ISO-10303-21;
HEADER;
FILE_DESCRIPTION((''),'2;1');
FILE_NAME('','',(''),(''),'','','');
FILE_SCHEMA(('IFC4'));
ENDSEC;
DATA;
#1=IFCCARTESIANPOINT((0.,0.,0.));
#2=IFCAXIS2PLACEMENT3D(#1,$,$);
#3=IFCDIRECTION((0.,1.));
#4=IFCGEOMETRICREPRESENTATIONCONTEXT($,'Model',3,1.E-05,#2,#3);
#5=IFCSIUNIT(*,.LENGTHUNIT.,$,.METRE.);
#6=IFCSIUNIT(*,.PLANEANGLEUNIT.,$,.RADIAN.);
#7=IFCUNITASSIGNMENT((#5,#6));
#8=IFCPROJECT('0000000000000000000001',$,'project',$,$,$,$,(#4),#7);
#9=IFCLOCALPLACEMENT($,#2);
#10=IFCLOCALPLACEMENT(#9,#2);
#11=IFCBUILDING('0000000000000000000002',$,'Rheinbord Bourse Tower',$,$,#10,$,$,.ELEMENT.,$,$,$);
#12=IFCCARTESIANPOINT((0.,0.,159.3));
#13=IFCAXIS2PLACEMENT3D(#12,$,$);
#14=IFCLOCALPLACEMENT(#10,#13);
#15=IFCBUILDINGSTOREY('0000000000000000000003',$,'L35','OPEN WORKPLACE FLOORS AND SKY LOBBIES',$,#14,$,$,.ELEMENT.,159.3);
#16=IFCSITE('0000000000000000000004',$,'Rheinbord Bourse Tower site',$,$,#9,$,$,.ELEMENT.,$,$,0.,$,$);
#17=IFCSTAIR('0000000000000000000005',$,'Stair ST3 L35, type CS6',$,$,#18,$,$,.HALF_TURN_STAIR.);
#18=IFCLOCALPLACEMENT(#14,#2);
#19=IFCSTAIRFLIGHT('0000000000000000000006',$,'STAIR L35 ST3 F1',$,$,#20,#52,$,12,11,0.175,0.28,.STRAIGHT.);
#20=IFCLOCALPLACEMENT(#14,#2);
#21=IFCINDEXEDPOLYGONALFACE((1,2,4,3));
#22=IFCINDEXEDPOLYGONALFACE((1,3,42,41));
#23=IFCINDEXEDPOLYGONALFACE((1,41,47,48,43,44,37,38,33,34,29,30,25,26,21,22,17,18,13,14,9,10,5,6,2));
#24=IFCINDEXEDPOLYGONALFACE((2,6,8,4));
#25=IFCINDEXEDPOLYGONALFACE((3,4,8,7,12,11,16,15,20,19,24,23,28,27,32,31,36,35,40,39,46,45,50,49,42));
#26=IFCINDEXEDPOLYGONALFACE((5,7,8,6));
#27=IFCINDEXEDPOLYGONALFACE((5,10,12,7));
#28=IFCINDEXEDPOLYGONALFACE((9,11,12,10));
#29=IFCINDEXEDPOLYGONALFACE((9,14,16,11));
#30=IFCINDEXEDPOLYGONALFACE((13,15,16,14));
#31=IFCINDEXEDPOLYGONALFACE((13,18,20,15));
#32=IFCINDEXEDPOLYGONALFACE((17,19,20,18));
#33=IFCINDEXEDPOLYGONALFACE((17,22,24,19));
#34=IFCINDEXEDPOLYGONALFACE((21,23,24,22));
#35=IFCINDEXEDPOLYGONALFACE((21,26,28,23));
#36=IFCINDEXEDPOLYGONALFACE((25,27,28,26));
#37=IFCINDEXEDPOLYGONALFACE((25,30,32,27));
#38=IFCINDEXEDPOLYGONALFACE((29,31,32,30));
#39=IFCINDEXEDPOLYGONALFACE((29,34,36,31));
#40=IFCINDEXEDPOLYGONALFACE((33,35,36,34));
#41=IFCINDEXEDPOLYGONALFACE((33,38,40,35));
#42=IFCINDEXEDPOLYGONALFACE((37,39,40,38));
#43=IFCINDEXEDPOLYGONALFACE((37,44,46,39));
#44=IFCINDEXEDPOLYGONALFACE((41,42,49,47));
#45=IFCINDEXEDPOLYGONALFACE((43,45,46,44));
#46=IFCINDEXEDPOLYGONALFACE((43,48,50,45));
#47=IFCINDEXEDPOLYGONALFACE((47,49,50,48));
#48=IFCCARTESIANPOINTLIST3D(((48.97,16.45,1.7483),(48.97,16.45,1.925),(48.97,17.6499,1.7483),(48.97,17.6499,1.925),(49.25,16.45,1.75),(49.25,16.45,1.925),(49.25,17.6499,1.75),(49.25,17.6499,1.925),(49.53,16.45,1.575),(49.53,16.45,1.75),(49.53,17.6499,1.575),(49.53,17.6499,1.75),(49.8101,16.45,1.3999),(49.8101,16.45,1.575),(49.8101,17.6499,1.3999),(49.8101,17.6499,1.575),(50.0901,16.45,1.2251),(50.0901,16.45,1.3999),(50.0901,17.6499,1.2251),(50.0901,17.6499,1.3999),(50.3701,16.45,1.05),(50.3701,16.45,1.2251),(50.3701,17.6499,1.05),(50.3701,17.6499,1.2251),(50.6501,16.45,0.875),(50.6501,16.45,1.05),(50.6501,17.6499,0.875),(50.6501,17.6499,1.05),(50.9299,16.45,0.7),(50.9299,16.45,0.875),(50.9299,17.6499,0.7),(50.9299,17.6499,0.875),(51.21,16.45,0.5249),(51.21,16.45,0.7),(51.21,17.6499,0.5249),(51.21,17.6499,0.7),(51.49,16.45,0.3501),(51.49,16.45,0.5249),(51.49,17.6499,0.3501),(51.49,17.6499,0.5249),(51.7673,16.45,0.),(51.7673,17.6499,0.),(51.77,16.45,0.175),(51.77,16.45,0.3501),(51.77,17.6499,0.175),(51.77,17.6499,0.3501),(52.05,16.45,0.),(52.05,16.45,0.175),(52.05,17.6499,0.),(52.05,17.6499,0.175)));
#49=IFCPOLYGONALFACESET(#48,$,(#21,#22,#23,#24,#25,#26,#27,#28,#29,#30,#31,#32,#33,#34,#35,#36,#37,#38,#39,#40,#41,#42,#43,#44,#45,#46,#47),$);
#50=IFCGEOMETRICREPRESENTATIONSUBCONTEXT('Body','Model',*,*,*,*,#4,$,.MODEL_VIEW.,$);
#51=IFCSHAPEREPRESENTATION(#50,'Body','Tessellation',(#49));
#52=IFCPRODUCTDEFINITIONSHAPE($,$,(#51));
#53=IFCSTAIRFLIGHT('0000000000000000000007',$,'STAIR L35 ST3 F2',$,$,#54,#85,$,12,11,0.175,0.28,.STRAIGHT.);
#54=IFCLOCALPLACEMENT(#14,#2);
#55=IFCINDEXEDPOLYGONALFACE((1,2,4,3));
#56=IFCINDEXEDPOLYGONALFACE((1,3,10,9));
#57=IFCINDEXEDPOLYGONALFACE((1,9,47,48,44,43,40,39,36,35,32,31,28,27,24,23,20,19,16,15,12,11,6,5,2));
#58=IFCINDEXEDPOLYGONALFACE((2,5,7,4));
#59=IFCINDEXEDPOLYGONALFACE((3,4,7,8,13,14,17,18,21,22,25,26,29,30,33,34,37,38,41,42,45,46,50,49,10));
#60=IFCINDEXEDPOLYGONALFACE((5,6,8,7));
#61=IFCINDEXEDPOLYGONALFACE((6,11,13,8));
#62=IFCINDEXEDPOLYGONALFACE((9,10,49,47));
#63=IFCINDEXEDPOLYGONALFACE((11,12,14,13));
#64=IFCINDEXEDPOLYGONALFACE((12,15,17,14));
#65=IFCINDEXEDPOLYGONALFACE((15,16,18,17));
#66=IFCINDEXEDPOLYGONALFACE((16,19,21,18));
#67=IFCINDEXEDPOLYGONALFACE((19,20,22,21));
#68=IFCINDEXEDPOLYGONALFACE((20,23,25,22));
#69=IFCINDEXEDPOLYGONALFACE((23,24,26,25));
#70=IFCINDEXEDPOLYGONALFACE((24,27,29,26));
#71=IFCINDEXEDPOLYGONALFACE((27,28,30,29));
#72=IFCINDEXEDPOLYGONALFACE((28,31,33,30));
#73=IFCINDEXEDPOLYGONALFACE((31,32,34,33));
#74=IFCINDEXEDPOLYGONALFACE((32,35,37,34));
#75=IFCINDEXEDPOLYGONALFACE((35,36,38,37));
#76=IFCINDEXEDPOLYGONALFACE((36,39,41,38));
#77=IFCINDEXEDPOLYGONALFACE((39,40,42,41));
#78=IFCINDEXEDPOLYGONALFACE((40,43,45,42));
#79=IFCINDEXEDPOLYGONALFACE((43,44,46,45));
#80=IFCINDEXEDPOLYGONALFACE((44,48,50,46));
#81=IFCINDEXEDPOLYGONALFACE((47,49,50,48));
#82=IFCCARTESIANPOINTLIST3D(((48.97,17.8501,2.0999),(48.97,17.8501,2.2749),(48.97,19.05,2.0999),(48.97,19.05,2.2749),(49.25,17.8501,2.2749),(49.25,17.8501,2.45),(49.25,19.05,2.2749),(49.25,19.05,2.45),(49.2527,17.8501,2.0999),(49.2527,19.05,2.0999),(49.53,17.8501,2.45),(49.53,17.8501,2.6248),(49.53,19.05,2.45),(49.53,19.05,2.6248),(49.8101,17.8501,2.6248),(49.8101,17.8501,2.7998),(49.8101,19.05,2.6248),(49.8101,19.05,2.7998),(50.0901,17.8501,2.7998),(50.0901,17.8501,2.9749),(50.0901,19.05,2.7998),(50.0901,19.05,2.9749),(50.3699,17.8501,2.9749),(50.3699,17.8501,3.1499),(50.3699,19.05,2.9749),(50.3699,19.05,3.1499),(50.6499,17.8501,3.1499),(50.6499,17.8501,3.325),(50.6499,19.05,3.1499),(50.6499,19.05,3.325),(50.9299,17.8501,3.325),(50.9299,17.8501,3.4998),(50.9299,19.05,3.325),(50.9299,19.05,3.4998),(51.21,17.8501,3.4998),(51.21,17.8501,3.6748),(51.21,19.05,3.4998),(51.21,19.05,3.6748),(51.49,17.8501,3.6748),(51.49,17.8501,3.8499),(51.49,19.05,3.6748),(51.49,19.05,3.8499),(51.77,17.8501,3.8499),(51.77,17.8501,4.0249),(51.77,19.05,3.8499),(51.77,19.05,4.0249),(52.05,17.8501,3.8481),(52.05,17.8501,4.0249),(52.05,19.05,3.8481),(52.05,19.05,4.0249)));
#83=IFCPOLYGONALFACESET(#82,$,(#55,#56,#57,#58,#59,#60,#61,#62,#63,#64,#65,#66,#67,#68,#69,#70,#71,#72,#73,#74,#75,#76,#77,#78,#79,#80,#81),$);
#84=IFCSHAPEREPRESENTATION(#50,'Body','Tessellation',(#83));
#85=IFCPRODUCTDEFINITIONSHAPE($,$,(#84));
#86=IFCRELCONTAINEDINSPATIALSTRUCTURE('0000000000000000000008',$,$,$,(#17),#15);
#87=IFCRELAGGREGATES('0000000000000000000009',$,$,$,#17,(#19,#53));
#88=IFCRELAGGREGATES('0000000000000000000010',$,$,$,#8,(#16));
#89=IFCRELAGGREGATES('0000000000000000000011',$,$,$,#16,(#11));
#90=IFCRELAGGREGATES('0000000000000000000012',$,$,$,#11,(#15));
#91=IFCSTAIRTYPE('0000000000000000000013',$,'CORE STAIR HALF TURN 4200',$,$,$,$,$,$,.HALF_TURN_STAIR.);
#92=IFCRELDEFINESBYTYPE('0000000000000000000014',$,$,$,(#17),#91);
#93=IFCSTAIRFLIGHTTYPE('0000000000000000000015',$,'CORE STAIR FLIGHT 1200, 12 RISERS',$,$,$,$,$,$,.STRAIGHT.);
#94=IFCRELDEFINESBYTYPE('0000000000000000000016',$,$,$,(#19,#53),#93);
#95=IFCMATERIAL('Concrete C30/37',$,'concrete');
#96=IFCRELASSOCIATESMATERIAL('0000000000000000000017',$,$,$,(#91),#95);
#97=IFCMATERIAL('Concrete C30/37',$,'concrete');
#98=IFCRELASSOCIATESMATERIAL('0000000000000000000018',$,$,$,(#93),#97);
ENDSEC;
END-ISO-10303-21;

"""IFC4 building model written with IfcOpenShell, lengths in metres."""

from ifc_helpers import new_model, si_unit, direction, frame, origin, place, context, subcontext, project, spatial, polyline, outline, extrude, material, type_object, element, aggregate, save


model = new_model("IFC4")

# Units and contexts
model_context = context("Model", 3, precision=1e-05, world=origin(), true_north=direction((0.0, 1.0)))
body_context = subcontext(model_context, "Body", "Model", "MODEL_VIEW")
ifc_project = project(units=[si_unit("LENGTHUNIT", "METRE"), si_unit("PLANEANGLEUNIT", "RADIAN")], contexts=[model_context])

# Site, building, storey
site_placement = place(None, origin())
site = spatial("IfcSite", under=ifc_project, at=site_placement, Name="Rheinbord Bourse Tower site", CompositionType="ELEMENT", RefElevation=0.0)
building_placement = place(site_placement, origin())
building = spatial("IfcBuilding", under=site, at=building_placement, Name="Rheinbord Bourse Tower", CompositionType="ELEMENT")
storey_placement = place(building_placement, frame((0.0, 0.0, 159.3)))
storey = spatial("IfcBuildingStorey", under=building, at=storey_placement, Name="L35", Description="OPEN WORKPLACE FLOORS AND SKY LOBBIES", CompositionType="ELEMENT", Elevation=159.3)

# Stair, stair flights
ifc_material_1 = material(Name="Concrete C30/37", Category="concrete")
stair_type = type_object("IfcStairType", Name="CORE STAIR HALF TURN 4200", PredefinedType="HALF_TURN_STAIR", material=ifc_material_1)
stair_placement = place(storey_placement, origin())
stair = element("IfcStair", 1, at=stair_placement, inside=storey, type_object=stair_type, Name="Stair ST3 L35, type CS6", PredefinedType="HALF_TURN_STAIR")
ifc_material_2 = material(Name="Concrete C30/37", Category="concrete")
stair_flight_type = type_object("IfcStairFlightType", Name="CORE STAIR FLIGHT 1200, 12 RISERS", PredefinedType="STRAIGHT", material=ifc_material_2)
stair_flight_1_placement = place(storey_placement, frame((52.05, 17.05, 0.0), z_axis=(0.0, 0.0, 1.0), x_axis=(-1.0, 0.0, 0.0)))
stair_flight_1 = element("IfcStairFlight", 2, at=stair_flight_1_placement, type_object=stair_flight_type, Name="STAIR L35 ST3 F1", NumberOfRisers=12, NumberOfTreads=11, PredefinedType="STRAIGHT", RiserHeight=0.175, TreadLength=0.28, context=body_context, shape_type="SweptSolid", body=[
    extrude(outline(polyline([(0.0, 0.0), (0.0, 0.175), (0.28, 0.175), (0.28, 0.3501), (0.5601, 0.3501), (0.5601, 0.5249), (0.8401, 0.5249), (0.8401, 0.7), (1.1201, 0.7), (1.1201, 0.875), (1.3999, 0.875), (1.3999, 1.05), (1.6799, 1.05), (1.6799, 1.2251), (1.96, 1.2251), (1.96, 1.3999), (2.24, 1.3999), (2.24, 1.575), (2.52, 1.575), (2.52, 1.75), (2.8, 1.75), (2.8, 1.925), (3.0801, 1.925), (3.0801, 2.1001), (3.0801, 1.7483), (0.2827, 0.0), (0.0, 0.0)])), frame((0.0, 0.6001, 0.0), z_axis=(0.0, -1.0, 0.0), x_axis=(1.0, 0.0, 0.0)), (0.0, 0.0, 1.0), 1.2),
])
stair_flight_2_placement = place(storey_placement, frame((48.97, 18.45, 2.0999), z_axis=(0.0, 0.0, 1.0), x_axis=(1.0, 0.0, 0.0)))
stair_flight_2 = element("IfcStairFlight", 3, at=stair_flight_2_placement, type_object=stair_flight_type, Name="STAIR L35 ST3 F2", NumberOfRisers=12, NumberOfTreads=11, PredefinedType="STRAIGHT", RiserHeight=0.175, TreadLength=0.28, context=body_context, shape_type="SweptSolid", body=[
    extrude(outline(polyline([(0.0, 0.0), (0.0, 0.175), (0.28, 0.175), (0.28, 0.3501), (0.5601, 0.3501), (0.5601, 0.5249), (0.8401, 0.5249), (0.8401, 0.7), (1.1201, 0.7), (1.1201, 0.875), (1.3999, 0.875), (1.3999, 1.05), (1.6799, 1.05), (1.6799, 1.2251), (1.96, 1.2251), (1.96, 1.3999), (2.24, 1.3999), (2.24, 1.575), (2.52, 1.575), (2.52, 1.75), (2.8, 1.75), (2.8, 1.925), (3.0801, 1.925), (3.0801, 2.1001), (3.0801, 1.7483), (0.2827, 0.0), (0.0, 0.0)])), frame((0.0, 0.6001, 0.0), z_axis=(0.0, -1.0, 0.0), x_axis=(1.0, 0.0, 0.0)), (0.0, 0.0, 1.0), 1.2),
])
aggregate(stair, [stair_flight_1, stair_flight_2])

save(model, "model.ifc")
